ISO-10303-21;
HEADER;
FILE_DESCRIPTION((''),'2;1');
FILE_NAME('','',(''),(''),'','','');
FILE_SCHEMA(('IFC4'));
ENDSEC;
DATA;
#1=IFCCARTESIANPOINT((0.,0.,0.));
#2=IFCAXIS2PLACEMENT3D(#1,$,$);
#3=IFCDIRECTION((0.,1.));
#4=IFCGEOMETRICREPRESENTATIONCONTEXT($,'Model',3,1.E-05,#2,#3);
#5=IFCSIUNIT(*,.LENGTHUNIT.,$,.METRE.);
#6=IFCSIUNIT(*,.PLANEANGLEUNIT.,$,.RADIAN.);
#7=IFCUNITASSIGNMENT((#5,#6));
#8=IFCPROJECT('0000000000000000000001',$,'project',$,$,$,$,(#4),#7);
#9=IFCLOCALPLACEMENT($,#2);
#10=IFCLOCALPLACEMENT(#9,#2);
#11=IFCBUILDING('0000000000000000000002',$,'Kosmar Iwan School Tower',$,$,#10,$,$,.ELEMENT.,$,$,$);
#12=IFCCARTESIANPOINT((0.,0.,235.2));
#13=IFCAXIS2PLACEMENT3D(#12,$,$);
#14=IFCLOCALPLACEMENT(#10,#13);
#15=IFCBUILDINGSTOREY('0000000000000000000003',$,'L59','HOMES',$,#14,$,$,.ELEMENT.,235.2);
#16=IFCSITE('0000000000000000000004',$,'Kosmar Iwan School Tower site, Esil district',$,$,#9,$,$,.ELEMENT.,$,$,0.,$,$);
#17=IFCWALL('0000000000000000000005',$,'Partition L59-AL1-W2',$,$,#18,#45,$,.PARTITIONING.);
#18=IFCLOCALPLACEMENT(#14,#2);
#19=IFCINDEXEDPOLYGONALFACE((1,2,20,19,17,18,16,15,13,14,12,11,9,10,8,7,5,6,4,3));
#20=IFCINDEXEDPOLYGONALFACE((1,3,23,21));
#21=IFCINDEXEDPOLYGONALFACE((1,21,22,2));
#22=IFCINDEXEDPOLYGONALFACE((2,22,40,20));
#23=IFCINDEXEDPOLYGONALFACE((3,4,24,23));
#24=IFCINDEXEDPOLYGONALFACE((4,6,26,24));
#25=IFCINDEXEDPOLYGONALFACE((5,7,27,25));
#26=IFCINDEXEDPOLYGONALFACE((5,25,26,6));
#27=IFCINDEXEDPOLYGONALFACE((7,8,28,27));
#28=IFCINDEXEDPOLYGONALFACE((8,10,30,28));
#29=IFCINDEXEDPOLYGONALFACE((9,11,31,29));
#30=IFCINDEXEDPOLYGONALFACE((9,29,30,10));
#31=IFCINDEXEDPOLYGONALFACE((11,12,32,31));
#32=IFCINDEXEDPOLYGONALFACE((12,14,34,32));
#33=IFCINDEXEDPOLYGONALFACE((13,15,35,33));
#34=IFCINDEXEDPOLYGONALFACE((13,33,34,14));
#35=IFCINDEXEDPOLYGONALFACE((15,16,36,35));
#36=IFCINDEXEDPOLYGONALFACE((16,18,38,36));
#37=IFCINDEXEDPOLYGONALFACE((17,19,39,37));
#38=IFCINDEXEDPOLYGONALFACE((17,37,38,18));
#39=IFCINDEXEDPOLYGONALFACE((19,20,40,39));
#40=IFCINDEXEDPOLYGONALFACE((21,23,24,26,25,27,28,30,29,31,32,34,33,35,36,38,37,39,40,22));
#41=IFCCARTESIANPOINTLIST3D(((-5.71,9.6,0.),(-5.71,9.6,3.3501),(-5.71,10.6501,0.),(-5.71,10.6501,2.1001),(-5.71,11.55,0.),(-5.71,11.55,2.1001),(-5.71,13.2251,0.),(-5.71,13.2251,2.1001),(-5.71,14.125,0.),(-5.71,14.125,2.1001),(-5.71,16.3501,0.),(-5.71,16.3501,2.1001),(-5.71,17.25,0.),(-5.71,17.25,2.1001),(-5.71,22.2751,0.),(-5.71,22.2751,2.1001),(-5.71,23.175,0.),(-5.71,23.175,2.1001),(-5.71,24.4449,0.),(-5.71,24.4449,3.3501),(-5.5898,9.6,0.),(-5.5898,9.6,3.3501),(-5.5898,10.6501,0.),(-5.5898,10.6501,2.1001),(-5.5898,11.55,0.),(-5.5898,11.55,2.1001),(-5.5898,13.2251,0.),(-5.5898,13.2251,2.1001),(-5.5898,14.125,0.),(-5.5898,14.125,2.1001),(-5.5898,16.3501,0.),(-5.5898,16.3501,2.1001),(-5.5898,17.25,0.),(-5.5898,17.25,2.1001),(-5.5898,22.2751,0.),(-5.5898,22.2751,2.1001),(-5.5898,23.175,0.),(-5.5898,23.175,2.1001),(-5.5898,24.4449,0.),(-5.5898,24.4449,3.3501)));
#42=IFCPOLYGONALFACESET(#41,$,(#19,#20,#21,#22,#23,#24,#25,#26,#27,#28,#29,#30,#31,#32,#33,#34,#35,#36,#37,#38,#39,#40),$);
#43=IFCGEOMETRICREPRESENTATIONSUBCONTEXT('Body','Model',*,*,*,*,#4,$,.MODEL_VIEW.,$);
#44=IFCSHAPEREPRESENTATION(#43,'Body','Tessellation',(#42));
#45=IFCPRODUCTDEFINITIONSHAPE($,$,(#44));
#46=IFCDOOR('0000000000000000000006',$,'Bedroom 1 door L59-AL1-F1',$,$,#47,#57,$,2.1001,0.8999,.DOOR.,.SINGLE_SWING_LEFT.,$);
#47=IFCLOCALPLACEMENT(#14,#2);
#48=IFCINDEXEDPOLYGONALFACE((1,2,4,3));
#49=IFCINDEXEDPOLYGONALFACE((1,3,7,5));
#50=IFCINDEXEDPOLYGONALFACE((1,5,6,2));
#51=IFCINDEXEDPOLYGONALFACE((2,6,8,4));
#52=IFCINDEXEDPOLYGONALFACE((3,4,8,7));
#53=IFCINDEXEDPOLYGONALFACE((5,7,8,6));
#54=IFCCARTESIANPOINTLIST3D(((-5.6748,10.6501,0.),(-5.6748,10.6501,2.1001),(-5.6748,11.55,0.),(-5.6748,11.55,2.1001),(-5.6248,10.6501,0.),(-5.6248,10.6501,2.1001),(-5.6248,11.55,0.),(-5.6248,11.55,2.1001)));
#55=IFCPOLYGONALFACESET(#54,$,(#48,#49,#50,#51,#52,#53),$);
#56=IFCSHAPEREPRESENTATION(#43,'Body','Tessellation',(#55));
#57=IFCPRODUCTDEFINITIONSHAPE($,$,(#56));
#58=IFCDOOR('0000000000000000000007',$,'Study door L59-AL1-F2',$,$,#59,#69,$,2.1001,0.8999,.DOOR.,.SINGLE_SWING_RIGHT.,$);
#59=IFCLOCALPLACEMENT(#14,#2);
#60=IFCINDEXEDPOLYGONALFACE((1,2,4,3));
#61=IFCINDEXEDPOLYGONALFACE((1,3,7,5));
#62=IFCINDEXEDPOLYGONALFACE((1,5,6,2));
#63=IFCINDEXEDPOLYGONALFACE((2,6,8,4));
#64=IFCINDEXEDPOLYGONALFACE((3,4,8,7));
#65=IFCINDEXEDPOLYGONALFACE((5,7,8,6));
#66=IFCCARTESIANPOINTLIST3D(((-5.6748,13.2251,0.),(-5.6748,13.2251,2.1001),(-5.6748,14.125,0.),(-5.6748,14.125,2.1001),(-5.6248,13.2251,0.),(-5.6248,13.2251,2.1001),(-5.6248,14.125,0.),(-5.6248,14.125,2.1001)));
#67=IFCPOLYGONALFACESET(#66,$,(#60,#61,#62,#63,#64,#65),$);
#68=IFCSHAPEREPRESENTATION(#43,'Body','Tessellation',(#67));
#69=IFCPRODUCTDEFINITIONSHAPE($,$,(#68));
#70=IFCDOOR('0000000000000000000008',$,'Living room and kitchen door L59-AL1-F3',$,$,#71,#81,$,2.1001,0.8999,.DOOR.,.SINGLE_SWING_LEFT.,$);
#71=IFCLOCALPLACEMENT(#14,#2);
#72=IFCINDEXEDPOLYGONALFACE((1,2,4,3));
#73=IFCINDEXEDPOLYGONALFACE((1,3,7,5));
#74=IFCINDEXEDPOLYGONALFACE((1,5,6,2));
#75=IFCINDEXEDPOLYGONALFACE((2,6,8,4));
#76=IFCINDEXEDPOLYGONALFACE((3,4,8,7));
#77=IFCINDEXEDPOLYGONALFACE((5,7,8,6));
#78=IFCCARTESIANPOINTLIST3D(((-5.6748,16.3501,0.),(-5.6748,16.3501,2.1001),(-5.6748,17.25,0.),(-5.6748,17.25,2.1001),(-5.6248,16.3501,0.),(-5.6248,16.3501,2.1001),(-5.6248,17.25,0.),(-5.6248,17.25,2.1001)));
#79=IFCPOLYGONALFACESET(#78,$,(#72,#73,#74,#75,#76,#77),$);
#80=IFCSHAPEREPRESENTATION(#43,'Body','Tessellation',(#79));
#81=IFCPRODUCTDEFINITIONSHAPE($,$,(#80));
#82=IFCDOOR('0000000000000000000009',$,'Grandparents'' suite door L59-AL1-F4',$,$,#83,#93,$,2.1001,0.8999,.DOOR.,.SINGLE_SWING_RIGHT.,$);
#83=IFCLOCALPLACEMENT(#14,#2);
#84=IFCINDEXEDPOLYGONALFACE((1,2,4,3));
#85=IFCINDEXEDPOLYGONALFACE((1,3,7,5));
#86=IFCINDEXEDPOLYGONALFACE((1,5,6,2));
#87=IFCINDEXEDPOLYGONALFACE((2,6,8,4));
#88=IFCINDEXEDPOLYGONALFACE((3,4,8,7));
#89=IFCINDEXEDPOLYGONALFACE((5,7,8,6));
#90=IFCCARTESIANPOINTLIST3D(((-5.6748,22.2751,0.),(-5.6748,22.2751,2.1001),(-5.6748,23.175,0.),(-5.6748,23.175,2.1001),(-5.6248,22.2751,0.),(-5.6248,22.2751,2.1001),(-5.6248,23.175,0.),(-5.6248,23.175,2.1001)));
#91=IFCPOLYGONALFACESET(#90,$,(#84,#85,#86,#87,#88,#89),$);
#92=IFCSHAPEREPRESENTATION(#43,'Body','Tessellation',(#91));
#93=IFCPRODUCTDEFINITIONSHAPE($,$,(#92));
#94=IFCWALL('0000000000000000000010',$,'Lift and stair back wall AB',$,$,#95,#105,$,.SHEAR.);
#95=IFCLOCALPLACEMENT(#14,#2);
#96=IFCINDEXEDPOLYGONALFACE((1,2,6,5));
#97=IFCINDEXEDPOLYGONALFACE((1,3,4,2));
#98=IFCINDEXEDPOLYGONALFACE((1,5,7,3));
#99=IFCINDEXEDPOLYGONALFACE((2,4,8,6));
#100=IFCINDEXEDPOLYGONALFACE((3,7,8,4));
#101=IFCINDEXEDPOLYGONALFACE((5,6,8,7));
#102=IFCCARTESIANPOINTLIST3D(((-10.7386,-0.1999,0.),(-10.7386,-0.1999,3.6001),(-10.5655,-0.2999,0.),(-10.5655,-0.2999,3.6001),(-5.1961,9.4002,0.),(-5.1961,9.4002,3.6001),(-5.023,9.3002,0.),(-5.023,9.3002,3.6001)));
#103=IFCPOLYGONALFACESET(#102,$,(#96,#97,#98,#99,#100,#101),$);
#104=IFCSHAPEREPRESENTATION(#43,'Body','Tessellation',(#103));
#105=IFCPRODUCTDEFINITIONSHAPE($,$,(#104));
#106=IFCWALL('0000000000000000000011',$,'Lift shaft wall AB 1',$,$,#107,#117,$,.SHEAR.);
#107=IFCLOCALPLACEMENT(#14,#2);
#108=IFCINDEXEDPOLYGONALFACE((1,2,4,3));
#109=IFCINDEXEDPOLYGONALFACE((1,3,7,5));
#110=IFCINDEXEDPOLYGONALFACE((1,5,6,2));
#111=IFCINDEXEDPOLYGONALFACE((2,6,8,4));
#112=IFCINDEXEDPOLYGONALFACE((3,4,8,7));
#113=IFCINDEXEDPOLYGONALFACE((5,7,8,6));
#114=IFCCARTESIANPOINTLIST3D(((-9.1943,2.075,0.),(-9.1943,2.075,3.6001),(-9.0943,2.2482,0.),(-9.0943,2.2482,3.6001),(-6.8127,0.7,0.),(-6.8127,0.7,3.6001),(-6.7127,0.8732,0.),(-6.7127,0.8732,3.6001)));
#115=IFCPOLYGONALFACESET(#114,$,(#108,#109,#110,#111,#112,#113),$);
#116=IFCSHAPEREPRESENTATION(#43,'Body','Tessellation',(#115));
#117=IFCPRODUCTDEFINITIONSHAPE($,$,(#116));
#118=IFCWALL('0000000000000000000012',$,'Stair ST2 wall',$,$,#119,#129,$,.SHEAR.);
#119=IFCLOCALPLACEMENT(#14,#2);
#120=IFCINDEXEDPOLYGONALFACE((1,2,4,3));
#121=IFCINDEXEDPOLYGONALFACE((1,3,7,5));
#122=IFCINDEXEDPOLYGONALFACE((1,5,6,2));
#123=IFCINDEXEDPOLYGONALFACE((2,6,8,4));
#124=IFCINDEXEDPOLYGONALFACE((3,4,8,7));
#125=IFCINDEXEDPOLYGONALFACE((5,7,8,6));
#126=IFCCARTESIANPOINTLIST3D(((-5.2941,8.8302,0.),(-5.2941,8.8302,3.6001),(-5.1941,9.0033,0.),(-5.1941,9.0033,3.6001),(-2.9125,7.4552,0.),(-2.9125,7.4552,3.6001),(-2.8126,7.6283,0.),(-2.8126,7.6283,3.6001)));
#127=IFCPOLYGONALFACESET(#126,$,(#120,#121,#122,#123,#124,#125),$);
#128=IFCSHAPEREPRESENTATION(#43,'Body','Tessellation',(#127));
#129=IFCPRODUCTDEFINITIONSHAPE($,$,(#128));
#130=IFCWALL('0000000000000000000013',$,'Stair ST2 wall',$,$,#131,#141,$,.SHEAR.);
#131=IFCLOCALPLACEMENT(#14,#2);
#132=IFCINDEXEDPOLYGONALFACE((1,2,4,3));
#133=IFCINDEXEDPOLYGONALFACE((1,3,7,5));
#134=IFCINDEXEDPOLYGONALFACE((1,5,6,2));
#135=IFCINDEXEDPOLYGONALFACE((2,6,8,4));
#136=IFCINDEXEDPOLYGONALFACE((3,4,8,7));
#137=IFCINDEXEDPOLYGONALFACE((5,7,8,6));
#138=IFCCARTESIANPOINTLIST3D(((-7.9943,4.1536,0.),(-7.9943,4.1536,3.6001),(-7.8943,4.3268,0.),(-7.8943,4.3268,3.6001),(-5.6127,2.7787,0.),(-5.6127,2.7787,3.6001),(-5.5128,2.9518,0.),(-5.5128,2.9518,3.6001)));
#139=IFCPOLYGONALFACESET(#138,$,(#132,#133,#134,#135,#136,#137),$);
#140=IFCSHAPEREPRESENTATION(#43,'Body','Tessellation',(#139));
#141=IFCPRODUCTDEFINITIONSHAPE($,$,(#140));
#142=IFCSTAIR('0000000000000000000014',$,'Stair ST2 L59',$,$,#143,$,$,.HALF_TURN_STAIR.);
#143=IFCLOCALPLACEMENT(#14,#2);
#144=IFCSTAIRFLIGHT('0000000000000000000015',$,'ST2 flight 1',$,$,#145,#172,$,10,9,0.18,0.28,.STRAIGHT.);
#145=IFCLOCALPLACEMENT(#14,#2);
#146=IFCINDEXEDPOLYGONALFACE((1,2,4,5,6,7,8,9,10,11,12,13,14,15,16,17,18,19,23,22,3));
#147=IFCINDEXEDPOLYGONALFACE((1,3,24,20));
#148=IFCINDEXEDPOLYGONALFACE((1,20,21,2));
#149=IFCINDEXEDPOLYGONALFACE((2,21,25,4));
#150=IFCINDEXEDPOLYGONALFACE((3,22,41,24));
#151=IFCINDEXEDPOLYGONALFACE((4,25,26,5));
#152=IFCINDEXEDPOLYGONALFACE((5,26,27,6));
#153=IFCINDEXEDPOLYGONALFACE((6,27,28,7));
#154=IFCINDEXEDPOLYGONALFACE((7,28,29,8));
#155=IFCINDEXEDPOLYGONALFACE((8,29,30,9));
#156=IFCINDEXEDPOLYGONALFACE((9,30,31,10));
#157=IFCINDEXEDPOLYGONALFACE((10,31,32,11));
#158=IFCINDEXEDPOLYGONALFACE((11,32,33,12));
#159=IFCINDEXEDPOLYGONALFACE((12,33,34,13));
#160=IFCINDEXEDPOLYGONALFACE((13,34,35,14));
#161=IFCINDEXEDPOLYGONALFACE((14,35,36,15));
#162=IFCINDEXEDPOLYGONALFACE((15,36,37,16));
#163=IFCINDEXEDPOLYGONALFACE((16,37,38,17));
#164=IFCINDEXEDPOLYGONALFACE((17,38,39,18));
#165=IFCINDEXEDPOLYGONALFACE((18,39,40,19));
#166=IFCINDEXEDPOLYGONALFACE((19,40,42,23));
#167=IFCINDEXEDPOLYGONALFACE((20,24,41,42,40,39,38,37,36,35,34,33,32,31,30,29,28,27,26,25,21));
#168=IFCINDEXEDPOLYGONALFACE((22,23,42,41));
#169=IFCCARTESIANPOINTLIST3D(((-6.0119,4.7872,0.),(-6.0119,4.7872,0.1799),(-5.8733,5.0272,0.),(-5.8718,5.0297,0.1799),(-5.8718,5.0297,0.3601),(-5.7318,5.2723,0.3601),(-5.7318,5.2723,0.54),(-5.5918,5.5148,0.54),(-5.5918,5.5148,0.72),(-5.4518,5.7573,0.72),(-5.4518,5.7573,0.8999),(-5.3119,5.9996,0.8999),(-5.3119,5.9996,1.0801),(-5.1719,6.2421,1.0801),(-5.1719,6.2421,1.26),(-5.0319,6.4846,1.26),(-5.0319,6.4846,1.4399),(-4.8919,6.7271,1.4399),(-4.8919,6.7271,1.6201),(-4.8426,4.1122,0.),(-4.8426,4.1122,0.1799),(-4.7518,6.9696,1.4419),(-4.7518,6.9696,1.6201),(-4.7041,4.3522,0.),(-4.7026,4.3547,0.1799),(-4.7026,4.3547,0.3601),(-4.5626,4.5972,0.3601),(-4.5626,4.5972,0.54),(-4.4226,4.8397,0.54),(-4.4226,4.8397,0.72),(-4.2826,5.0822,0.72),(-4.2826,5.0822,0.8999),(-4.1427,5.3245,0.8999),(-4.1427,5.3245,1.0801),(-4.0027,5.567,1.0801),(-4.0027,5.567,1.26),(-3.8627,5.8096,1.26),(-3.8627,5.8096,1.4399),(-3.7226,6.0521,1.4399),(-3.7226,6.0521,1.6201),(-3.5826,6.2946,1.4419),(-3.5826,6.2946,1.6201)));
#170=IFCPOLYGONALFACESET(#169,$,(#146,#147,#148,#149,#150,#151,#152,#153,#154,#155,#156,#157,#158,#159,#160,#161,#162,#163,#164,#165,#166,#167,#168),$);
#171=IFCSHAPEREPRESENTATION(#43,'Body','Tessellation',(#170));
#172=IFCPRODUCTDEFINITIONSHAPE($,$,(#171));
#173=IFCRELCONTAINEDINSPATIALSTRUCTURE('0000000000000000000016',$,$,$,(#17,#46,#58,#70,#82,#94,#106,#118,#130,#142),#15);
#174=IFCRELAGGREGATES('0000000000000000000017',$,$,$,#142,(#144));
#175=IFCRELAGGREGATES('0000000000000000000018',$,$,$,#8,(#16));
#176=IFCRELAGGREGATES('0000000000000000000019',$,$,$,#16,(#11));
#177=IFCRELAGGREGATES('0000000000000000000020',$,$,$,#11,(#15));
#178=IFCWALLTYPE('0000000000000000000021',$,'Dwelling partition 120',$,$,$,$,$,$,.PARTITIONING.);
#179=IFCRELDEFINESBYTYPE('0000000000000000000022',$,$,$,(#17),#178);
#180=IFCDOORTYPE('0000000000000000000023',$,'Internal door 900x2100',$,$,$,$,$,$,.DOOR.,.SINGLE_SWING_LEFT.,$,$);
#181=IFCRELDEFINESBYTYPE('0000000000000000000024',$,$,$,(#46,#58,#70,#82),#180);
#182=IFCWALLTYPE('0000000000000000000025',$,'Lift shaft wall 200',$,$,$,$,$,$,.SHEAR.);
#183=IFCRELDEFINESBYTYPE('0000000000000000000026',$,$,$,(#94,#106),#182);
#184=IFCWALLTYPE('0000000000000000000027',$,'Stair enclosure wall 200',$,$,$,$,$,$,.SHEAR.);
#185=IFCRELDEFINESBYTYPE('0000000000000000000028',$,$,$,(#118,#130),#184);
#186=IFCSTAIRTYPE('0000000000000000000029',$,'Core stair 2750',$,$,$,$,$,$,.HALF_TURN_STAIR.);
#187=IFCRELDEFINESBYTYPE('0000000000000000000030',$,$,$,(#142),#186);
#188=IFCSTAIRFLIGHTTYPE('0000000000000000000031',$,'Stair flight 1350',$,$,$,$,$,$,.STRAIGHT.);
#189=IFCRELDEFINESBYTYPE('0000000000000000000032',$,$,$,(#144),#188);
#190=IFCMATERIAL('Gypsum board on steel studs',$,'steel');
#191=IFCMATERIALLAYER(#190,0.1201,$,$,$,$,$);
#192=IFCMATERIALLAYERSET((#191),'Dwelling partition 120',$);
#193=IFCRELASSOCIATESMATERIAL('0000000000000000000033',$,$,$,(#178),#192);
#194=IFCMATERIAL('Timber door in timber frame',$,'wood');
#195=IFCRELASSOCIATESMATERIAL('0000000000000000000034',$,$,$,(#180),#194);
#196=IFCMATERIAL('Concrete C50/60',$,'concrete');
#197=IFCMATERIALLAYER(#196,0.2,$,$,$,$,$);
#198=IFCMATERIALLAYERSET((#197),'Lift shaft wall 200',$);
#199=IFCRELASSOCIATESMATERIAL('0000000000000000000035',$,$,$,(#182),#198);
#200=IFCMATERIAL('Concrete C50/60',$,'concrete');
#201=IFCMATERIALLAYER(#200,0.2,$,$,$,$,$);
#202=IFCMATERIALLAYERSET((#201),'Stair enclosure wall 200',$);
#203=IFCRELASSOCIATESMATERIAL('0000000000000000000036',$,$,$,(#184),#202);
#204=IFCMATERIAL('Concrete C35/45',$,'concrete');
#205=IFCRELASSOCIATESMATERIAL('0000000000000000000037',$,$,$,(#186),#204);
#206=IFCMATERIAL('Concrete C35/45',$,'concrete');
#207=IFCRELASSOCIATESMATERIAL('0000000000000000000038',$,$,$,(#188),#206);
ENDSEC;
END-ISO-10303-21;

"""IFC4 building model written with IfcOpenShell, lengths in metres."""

from ifc_helpers import new_model, si_unit, direction, frame, frame_2d, origin, place, context, subcontext, project, spatial, polyline, rectangle, outline, extrude, material, layer, layer_set, type_object, element, fill, aggregate, save


model = new_model("IFC4")

# Units and contexts
model_context = context("Model", 3, precision=1e-05, world=origin(), true_north=direction((0.0, 1.0)))
body_context = subcontext(model_context, "Body", "Model", "MODEL_VIEW")
ifc_project = project(units=[si_unit("LENGTHUNIT", "METRE"), si_unit("PLANEANGLEUNIT", "RADIAN")], contexts=[model_context])

# Site, building, storey
site_placement = place(None, origin())
site = spatial("IfcSite", under=ifc_project, at=site_placement, Name="Kosmar Iwan School Tower site, Esil district", CompositionType="ELEMENT", RefElevation=0.0)
building_placement = place(site_placement, origin())
building = spatial("IfcBuilding", under=site, at=building_placement, Name="Kosmar Iwan School Tower", CompositionType="ELEMENT")
storey_placement = place(building_placement, frame((0.0, 0.0, 235.2)))
storey = spatial("IfcBuildingStorey", under=building, at=storey_placement, Name="L59", Description="HOMES", CompositionType="ELEMENT", Elevation=235.2)

# Wall, openings, doors
ifc_material_1 = material(Name="Gypsum board on steel studs", Category="steel")
ifc_layer_1 = layer(ifc_material_1, 0.1201)
ifc_layer_set_1 = layer_set([ifc_layer_1], Name="Dwelling partition 120")
wall_type_1 = type_object("IfcWallType", Name="Dwelling partition 120", PredefinedType="PARTITIONING", material=ifc_layer_set_1)
ifc_material_2 = material(Name="Timber door in timber frame", Category="wood")
door_type_1 = type_object("IfcDoorType", Name="Internal door 900x2100", OperationType="SINGLE_SWING_LEFT", PredefinedType="DOOR", material=ifc_material_2)
wall_1_placement = place(storey_placement, frame((-5.6499, 9.6001, 0.0), z_axis=(0.0, 0.0, 1.0), x_axis=(0.0, 1.0, 0.0)))
wall_1 = element("IfcWall", 1, at=wall_1_placement, inside=storey, type_object=wall_type_1, Name="Partition L59-AL1-W2", PredefinedType="PARTITIONING", context=body_context, shape_type="SweptSolid", body=[
    extrude(rectangle(XDim=14.845, YDim=0.1201, at=frame_2d((7.4224, 0.0))), origin(), (0.0, 0.0, 1.0), 3.3501),
])
opening_1_placement = place(wall_1_placement, frame((1.05, 0.0, 0.0)))
opening_1 = element("IfcOpeningElement", 2, at=opening_1_placement, cuts=wall_1, PredefinedType="OPENING", context=body_context, shape_type="SweptSolid", body=[
    extrude(rectangle(XDim=0.8999, YDim=2.1001, at=frame_2d((0.45, 1.05))), frame((0.0, 0.072, 0.0), z_axis=(0.0, -1.0, 0.0), x_axis=(1.0, 0.0, 0.0)), (0.0, 0.0, 1.0), 0.144),
])
opening_2_placement = place(wall_1_placement, frame((3.625, 0.0, 0.0)))
opening_2 = element("IfcOpeningElement", 3, at=opening_2_placement, cuts=wall_1, PredefinedType="OPENING", context=body_context, shape_type="SweptSolid", body=[
    extrude(rectangle(XDim=0.8999, YDim=2.1001, at=frame_2d((0.45, 1.05))), frame((0.0, 0.072, 0.0), z_axis=(0.0, -1.0, 0.0), x_axis=(1.0, 0.0, 0.0)), (0.0, 0.0, 1.0), 0.144),
])
opening_3_placement = place(wall_1_placement, frame((6.75, 0.0, 0.0)))
opening_3 = element("IfcOpeningElement", 4, at=opening_3_placement, cuts=wall_1, PredefinedType="OPENING", context=body_context, shape_type="SweptSolid", body=[
    extrude(rectangle(XDim=0.8999, YDim=2.1001, at=frame_2d((0.45, 1.05))), frame((0.0, 0.072, 0.0), z_axis=(0.0, -1.0, 0.0), x_axis=(1.0, 0.0, 0.0)), (0.0, 0.0, 1.0), 0.144),
])
opening_4_placement = place(wall_1_placement, frame((12.675, 0.0, 0.0)))
opening_4 = element("IfcOpeningElement", 5, at=opening_4_placement, cuts=wall_1, PredefinedType="OPENING", context=body_context, shape_type="SweptSolid", body=[
    extrude(rectangle(XDim=0.8999, YDim=2.1001, at=frame_2d((0.45, 1.05))), frame((0.0, 0.072, 0.0), z_axis=(0.0, -1.0, 0.0), x_axis=(1.0, 0.0, 0.0)), (0.0, 0.0, 1.0), 0.144),
])
door_1_placement = place(opening_1_placement, origin())
door_1 = element("IfcDoor", 6, at=door_1_placement, inside=storey, type_object=door_type_1, Name="Bedroom 1 door L59-AL1-F1", OperationType="SINGLE_SWING_LEFT", OverallHeight=2.1001, OverallWidth=0.8999, PredefinedType="DOOR", context=body_context, shape_type="SweptSolid", body=[
    extrude(rectangle(XDim=0.8999, YDim=2.1001, at=frame_2d((0.45, 1.05))), frame((0.0, 0.0249, 0.0), z_axis=(0.0, -1.0, 0.0), x_axis=(1.0, 0.0, 0.0)), (0.0, 0.0, 1.0), 0.05),
])
fill(opening_1, door_1)
door_2_placement = place(opening_2_placement, origin())
door_2 = element("IfcDoor", 7, at=door_2_placement, inside=storey, type_object=door_type_1, Name="Study door L59-AL1-F2", OperationType="SINGLE_SWING_RIGHT", OverallHeight=2.1001, OverallWidth=0.8999, PredefinedType="DOOR", context=body_context, shape_type="SweptSolid", body=[
    extrude(rectangle(XDim=0.8999, YDim=2.1001, at=frame_2d((0.45, 1.05))), frame((0.0, 0.0249, 0.0), z_axis=(0.0, -1.0, 0.0), x_axis=(1.0, 0.0, 0.0)), (0.0, 0.0, 1.0), 0.05),
])
fill(opening_2, door_2)
door_3_placement = place(opening_3_placement, origin())
door_3 = element("IfcDoor", 8, at=door_3_placement, inside=storey, type_object=door_type_1, Name="Living room and kitchen door L59-AL1-F3", OperationType="SINGLE_SWING_LEFT", OverallHeight=2.1001, OverallWidth=0.8999, PredefinedType="DOOR", context=body_context, shape_type="SweptSolid", body=[
    extrude(rectangle(XDim=0.8999, YDim=2.1001, at=frame_2d((0.45, 1.05))), frame((0.0, 0.0249, 0.0), z_axis=(0.0, -1.0, 0.0), x_axis=(1.0, 0.0, 0.0)), (0.0, 0.0, 1.0), 0.05),
])
fill(opening_3, door_3)
door_4_placement = place(opening_4_placement, origin())
door_4 = element("IfcDoor", 9, at=door_4_placement, inside=storey, type_object=door_type_1, Name="Grandparents' suite door L59-AL1-F4", OperationType="SINGLE_SWING_RIGHT", OverallHeight=2.1001, OverallWidth=0.8999, PredefinedType="DOOR", context=body_context, shape_type="SweptSolid", body=[
    extrude(rectangle(XDim=0.8999, YDim=2.1001, at=frame_2d((0.45, 1.05))), frame((0.0, 0.0249, 0.0), z_axis=(0.0, -1.0, 0.0), x_axis=(1.0, 0.0, 0.0)), (0.0, 0.0, 1.0), 0.05),
])
fill(opening_4, door_4)

# Walls
ifc_material_3 = material(Name="Concrete C50/60", Category="concrete")
ifc_layer_2 = layer(ifc_material_3, 0.2)
ifc_layer_set_2 = layer_set([ifc_layer_2], Name="Lift shaft wall 200")
wall_type_2 = type_object("IfcWallType", Name="Lift shaft wall 200", PredefinedType="SHEAR", material=ifc_layer_set_2)
wall_2_placement = place(storey_placement, frame((-5.1096, 9.3501, 0.0), z_axis=(0.0, 0.0, 1.0), x_axis=(-0.499991, -0.866031, 0.0)))
element("IfcWall", 10, at=wall_2_placement, inside=storey, type_object=wall_type_2, Name="Lift and stair back wall AB", PredefinedType="SHEAR", context=body_context, shape_type="SweptSolid", body=[
    extrude(rectangle(XDim=11.0852, YDim=0.2, at=frame_2d((5.5425, 0.0))), origin(), (0.0, 0.0, 1.0), 3.6001),
])
wall_3_placement = place(storey_placement, frame((-6.7627, 0.7866, 0.0), z_axis=(0.0, 0.0, 1.0), x_axis=(-0.866027, 0.499997, 0.0)))
element("IfcWall", 11, at=wall_3_placement, inside=storey, type_object=wall_type_2, Name="Lift shaft wall AB 1", PredefinedType="SHEAR", context=body_context, shape_type="SweptSolid", body=[
    extrude(rectangle(XDim=2.75, YDim=0.2, at=frame_2d((1.375, 0.0))), origin(), (0.0, 0.0, 1.0), 3.6001),
])
ifc_material_4 = material(Name="Concrete C50/60", Category="concrete")
ifc_layer_3 = layer(ifc_material_4, 0.2)
ifc_layer_set_3 = layer_set([ifc_layer_3], Name="Stair enclosure wall 200")
wall_type_3 = type_object("IfcWallType", Name="Stair enclosure wall 200", PredefinedType="SHEAR", material=ifc_layer_set_3)
for number, where, z_axis, x_axis, name in (
    (12, (-2.8625, 7.5417, 0.0), (0.0, 0.0, 1.0), (-0.866027, 0.499997, 0.0), "Stair ST2 wall"),
    (13, (-5.5627, 2.8652, 0.0), (0.0, 0.0, 1.0), (-0.866027, 0.499997, 0.0), "Stair ST2 wall"),
):
    element("IfcWall", number, at=place(storey_placement, frame(where, z_axis=z_axis, x_axis=x_axis)), inside=storey, type_object=wall_type_3, Name=name, PredefinedType="SHEAR", context=body_context, shape_type="SweptSolid", body=[
        extrude(rectangle(XDim=2.75, YDim=0.2, at=frame_2d((1.375, 0.0))), origin(), (0.0, 0.0, 1.0), 3.6001),
    ])

# Stair, stair flight
ifc_material_5 = material(Name="Concrete C35/45", Category="concrete")
stair_type = type_object("IfcStairType", Name="Core stair 2750", PredefinedType="HALF_TURN_STAIR", material=ifc_material_5)
stair_placement = place(storey_placement, origin())
stair = element("IfcStair", 14, at=stair_placement, inside=storey, type_object=stair_type, Name="Stair ST2 L59", PredefinedType="HALF_TURN_STAIR")
ifc_material_6 = material(Name="Concrete C35/45", Category="concrete")
stair_flight_type = type_object("IfcStairFlightType", Name="Stair flight 1350", PredefinedType="STRAIGHT", material=ifc_material_6)
stair_flight_1_placement = place(storey_placement, frame((-5.4272, 4.4497, 0.0), z_axis=(0.0, 0.0, 1.0), x_axis=(0.5, 0.866025, 0.0)))
stair_flight_1 = element("IfcStairFlight", 15, at=stair_flight_1_placement, type_object=stair_flight_type, Name="ST2 flight 1", NumberOfRisers=10, NumberOfTreads=9, PredefinedType="STRAIGHT", RiserHeight=0.18, TreadLength=0.28, context=body_context, shape_type="SweptSolid", body=[
    extrude(outline(polyline([(0.0, 0.0), (0.0, 0.1799), (0.28, 0.1799), (0.28, 0.3601), (0.5601, 0.3601), (0.5601, 0.54), (0.8401, 0.54), (0.8401, 0.72), (1.1201, 0.72), (1.1201, 0.8999), (1.3999, 0.8999), (1.3999, 1.0801), (1.6799, 1.0801), (1.6799, 1.26), (1.96, 1.26), (1.96, 1.4399), (2.24, 1.4399), (2.24, 1.6201), (2.52, 1.6201), (2.52, 1.8), (2.52, 1.4419), (0.2771, 0.0), (0.0, 0.0)])), frame((0.0, 0.675, 0.0), z_axis=(0.0, -1.0, 0.0), x_axis=(1.0, 0.0, 0.0)), (0.0, 0.0, 1.0), 1.3501),
])
aggregate(stair, [stair_flight_1])

save(model, "model.ifc")
